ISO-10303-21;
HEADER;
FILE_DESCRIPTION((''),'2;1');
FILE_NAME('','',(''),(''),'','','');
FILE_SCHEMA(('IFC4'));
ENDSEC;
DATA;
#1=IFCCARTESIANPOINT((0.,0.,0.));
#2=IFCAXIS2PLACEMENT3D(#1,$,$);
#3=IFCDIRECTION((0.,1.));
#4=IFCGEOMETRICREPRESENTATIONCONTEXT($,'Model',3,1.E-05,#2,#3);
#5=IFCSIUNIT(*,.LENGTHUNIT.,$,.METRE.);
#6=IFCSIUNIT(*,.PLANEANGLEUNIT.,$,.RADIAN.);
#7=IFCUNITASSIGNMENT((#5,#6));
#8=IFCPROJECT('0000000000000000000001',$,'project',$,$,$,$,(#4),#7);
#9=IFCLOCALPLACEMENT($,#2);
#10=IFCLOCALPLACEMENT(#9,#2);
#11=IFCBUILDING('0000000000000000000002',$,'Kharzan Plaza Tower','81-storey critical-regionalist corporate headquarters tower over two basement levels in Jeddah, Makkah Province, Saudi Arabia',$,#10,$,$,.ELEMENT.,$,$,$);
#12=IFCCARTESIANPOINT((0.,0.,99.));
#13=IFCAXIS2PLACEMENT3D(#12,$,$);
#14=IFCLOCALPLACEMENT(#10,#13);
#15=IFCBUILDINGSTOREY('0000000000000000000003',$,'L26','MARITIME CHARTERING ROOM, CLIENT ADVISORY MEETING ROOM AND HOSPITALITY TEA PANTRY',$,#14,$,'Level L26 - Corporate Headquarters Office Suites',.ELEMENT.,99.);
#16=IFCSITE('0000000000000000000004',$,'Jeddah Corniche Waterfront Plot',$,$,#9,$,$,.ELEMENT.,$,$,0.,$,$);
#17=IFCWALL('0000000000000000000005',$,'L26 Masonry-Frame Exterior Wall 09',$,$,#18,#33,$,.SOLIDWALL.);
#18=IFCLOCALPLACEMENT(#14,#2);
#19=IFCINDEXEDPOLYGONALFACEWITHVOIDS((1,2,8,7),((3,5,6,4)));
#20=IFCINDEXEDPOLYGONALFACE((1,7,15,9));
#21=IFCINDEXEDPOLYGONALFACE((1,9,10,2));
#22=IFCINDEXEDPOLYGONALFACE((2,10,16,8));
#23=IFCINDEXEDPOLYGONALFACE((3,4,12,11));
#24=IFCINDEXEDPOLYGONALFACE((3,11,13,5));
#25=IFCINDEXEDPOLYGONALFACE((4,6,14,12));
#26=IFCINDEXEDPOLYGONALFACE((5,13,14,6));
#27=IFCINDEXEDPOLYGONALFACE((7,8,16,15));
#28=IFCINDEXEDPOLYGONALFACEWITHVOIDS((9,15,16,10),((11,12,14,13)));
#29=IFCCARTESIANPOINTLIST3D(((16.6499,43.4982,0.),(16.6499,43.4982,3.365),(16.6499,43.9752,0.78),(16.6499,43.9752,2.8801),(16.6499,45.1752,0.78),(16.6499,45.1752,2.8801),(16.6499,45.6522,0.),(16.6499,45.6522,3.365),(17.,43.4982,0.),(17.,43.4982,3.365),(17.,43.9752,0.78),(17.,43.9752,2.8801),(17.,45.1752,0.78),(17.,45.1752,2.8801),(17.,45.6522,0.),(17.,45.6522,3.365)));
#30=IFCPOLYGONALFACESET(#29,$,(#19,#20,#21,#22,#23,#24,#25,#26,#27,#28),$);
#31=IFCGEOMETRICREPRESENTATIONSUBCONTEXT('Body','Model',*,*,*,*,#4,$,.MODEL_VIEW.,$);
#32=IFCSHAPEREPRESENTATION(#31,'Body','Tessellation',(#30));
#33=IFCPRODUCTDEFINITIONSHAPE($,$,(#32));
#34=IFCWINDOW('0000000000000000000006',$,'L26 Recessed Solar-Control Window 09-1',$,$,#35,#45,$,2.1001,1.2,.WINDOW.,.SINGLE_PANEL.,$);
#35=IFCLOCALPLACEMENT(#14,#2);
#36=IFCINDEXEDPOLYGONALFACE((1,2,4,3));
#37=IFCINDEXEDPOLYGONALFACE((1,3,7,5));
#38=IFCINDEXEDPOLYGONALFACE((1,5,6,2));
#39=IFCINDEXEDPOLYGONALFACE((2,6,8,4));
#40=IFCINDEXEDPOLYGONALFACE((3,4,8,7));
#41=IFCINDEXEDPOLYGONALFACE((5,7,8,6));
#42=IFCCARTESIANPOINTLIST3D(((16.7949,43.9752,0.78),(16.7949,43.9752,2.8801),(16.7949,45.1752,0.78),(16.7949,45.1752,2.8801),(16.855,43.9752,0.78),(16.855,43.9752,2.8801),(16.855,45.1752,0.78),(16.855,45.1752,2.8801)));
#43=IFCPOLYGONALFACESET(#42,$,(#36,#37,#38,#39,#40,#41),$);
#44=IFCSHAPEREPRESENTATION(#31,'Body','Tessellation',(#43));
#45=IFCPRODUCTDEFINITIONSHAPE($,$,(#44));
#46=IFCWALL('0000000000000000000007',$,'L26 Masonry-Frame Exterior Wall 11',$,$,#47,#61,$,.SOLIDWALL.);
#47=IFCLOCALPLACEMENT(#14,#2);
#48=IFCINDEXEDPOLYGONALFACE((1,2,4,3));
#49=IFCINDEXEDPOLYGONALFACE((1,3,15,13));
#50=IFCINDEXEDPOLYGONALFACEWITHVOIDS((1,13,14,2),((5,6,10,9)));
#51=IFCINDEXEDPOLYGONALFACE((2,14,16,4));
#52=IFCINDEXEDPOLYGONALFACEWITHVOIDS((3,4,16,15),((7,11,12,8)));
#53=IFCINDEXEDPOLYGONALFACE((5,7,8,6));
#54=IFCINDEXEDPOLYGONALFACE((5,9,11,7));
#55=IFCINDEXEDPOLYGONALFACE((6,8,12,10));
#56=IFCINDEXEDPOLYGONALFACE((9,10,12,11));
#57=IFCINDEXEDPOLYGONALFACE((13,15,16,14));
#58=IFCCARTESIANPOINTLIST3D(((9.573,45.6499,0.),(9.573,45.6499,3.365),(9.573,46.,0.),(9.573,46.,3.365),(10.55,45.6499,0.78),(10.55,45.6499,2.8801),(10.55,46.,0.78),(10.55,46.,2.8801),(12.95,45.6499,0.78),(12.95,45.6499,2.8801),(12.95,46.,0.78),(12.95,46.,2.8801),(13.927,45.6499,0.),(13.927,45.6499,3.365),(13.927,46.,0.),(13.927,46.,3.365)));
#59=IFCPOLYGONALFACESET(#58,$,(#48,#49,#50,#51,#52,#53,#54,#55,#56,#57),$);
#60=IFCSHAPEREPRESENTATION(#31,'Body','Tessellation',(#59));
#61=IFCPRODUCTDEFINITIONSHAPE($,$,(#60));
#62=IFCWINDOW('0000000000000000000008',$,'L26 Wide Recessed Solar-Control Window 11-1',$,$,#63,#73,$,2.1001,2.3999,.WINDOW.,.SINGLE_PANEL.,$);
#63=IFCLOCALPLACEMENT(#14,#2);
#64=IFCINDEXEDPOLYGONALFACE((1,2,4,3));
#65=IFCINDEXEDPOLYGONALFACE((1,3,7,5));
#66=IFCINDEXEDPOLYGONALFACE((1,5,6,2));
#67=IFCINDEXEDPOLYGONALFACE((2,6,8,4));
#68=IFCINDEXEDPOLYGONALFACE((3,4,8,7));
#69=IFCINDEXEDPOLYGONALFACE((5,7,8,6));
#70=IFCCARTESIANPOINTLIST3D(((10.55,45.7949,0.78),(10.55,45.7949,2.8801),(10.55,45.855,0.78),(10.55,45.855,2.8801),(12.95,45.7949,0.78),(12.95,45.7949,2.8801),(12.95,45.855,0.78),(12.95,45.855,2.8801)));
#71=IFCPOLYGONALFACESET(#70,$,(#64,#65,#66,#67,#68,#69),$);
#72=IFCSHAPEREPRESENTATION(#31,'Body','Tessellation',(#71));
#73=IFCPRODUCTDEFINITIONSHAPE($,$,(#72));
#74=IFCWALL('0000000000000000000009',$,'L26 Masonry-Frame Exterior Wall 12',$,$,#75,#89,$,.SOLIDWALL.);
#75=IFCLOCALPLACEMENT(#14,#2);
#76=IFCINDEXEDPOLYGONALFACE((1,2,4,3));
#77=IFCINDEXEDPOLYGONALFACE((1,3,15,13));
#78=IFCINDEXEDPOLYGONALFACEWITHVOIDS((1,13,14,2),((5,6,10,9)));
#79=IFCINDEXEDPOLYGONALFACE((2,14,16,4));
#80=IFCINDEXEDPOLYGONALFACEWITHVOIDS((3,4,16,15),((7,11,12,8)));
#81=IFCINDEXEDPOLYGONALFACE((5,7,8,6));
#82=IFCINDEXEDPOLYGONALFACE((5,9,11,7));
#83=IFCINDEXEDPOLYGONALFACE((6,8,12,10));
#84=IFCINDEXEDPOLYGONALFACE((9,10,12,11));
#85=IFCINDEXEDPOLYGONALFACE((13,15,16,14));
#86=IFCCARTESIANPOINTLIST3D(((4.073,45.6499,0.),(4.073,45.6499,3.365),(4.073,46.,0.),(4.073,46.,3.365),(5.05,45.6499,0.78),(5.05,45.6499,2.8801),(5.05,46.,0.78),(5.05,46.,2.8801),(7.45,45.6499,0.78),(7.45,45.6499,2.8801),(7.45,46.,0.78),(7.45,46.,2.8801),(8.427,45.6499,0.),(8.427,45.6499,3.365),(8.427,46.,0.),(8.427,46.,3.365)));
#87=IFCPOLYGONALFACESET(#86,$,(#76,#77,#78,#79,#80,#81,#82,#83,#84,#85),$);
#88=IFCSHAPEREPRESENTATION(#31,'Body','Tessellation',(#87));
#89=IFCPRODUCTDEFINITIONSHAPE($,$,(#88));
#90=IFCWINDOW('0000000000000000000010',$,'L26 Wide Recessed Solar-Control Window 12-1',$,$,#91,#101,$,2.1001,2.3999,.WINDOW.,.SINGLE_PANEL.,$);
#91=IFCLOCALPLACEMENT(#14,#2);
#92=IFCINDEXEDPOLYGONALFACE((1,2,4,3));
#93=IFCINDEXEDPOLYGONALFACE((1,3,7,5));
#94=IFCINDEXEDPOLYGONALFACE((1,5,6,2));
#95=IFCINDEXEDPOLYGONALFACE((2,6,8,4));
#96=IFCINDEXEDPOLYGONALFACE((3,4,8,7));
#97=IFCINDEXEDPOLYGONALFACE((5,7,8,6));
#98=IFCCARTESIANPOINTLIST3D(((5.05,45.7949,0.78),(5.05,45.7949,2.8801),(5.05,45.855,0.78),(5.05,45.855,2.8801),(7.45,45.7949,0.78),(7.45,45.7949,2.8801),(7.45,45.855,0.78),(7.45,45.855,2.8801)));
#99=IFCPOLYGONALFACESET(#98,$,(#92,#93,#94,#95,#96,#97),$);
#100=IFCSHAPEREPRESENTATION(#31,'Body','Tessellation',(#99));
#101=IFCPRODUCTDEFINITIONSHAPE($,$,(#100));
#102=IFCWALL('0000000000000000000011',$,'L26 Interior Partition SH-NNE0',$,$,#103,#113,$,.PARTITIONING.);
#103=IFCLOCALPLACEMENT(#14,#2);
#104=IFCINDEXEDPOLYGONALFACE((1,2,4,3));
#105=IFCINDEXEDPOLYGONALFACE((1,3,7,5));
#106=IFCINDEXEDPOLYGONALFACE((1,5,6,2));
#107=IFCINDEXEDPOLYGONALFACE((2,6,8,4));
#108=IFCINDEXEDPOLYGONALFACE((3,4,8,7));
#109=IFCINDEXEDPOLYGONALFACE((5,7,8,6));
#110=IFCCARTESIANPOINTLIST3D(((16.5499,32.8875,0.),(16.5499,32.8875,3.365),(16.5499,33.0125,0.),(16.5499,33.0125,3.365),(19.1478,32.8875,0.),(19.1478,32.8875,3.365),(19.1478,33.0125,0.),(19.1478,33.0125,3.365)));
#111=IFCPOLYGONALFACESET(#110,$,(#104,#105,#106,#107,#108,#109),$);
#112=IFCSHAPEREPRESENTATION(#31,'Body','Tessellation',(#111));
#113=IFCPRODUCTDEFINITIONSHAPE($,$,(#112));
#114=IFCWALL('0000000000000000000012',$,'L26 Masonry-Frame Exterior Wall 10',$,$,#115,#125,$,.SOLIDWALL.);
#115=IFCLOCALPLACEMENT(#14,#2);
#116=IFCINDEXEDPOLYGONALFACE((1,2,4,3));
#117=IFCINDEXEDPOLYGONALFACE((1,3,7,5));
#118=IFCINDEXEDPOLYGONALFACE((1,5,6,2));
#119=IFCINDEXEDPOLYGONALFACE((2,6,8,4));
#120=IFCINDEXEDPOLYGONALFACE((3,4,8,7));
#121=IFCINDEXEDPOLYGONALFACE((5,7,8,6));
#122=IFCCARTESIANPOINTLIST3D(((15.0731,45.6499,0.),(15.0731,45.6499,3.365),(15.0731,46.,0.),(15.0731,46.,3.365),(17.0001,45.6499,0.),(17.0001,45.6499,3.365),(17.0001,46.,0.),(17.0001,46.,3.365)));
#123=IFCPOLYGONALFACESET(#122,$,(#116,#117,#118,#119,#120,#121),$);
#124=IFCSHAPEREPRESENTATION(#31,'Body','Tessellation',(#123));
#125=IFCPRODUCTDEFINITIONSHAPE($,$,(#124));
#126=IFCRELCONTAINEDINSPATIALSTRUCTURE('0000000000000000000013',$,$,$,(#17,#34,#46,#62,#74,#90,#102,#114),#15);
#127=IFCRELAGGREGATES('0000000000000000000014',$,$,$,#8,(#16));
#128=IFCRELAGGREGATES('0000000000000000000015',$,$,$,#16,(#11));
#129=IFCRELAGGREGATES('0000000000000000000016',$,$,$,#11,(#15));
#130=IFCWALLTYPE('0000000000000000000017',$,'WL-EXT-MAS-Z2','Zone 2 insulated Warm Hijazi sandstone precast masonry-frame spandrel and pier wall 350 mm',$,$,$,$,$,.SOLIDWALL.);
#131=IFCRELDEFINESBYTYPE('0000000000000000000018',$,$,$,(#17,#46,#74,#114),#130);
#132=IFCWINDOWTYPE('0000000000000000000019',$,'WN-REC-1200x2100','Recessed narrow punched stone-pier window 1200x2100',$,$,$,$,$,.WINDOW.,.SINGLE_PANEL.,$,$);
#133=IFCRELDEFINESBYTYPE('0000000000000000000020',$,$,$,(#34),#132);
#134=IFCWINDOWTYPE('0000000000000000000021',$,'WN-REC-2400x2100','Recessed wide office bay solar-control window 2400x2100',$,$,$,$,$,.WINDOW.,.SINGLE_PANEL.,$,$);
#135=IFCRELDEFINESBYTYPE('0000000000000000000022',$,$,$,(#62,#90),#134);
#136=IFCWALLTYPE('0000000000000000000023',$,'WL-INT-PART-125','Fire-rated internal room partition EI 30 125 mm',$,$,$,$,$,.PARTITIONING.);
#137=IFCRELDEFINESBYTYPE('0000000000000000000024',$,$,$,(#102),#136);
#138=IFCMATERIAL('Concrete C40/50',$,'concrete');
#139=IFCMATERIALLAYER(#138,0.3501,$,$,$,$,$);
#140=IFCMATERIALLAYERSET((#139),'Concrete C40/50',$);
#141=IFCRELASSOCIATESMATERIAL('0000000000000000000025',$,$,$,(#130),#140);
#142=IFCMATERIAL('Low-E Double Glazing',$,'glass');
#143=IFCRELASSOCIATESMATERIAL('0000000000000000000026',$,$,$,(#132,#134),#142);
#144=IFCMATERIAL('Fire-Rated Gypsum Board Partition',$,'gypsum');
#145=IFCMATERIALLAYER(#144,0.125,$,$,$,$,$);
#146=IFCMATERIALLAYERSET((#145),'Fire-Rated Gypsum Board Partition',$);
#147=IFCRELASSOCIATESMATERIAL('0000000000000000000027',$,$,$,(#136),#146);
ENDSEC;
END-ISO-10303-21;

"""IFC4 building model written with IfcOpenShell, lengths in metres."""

from ifc_helpers import new_model, si_unit, direction, frame, frame_2d, origin, place, context, subcontext, project, spatial, rectangle, extrude, source, transform, mapped, material, layer, layer_set, type_object, element, fill, save


model = new_model("IFC4")

# Units and contexts
model_context = context("Model", 3, precision=1e-05, world=origin(), true_north=direction((0.0, 1.0)))
body_context = subcontext(model_context, "Body", "Model", "MODEL_VIEW")
ifc_project = project(units=[si_unit("LENGTHUNIT", "METRE"), si_unit("PLANEANGLEUNIT", "RADIAN")], contexts=[model_context])

# Site, building, storey
site_placement = place(None, origin())
site = spatial("IfcSite", under=ifc_project, at=site_placement, Name="Jeddah Corniche Waterfront Plot", CompositionType="ELEMENT", RefElevation=0.0)
building_placement = place(site_placement, origin())
building = spatial("IfcBuilding", under=site, at=building_placement, Name="Kharzan Plaza Tower", Description="81-storey critical-regionalist corporate headquarters tower over two basement levels in Jeddah, Makkah Province, Saudi Arabia", CompositionType="ELEMENT")
storey_placement = place(building_placement, frame((0.0, 0.0, 99.0)))
storey = spatial("IfcBuildingStorey", under=building, at=storey_placement, Name="L26", Description="MARITIME CHARTERING ROOM, CLIENT ADVISORY MEETING ROOM AND HOSPITALITY TEA PANTRY", LongName="Level L26 - Corporate Headquarters Office Suites", CompositionType="ELEMENT", Elevation=99.0)

# Walls, openings, windows
ifc_material_1 = material(Name="Concrete C40/50", Category="concrete")
ifc_layer_1 = layer(ifc_material_1, 0.3501)
ifc_layer_set_1 = layer_set([ifc_layer_1], Name="Concrete C40/50")
wall_type_1 = type_object("IfcWallType", Name="WL-EXT-MAS-Z2", Description="Zone 2 insulated Warm Hijazi sandstone precast masonry-frame spandrel and pier wall 350 mm", PredefinedType="SOLIDWALL", material=ifc_layer_set_1)
wall_1_placement = place(storey_placement, frame((16.825, 43.498, 0.0), z_axis=(0.0, 0.0, 1.0), x_axis=(0.0, 1.0, 0.0)))
wall_1 = element("IfcWall", 1, at=wall_1_placement, inside=storey, type_object=wall_type_1, Name="L26 Masonry-Frame Exterior Wall 09", PredefinedType="SOLIDWALL", context=body_context, shape_type="SweptSolid", body=[
    extrude(rectangle(XDim=2.1541, YDim=0.3501, at=frame_2d((1.0771, 0.0))), origin(), (0.0, 0.0, 1.0), 3.365),
])
opening_1_placement = place(wall_1_placement, frame((0.4771, 0.0, 0.78)))
opening_1 = element("IfcOpeningElement", 2, at=opening_1_placement, cuts=wall_1, PredefinedType="OPENING", context=body_context, shape_type="SweptSolid", body=[
    extrude(rectangle(XDim=1.2, YDim=2.1001, at=frame_2d((0.6001, 1.05))), frame((0.0, 0.1851, 0.0), z_axis=(0.0, -1.0, 0.0), x_axis=(1.0, 0.0, 0.0)), (0.0, 0.0, 1.0), 0.3701),
])
ifc_material_2 = material(Name="Low-E Double Glazing", Category="glass")
window_type_1 = type_object("IfcWindowType", Name="WN-REC-1200x2100", Description="Recessed narrow punched stone-pier window 1200x2100", PartitioningType="SINGLE_PANEL", PredefinedType="WINDOW", material=ifc_material_2)
shared_shape_1 = source(origin(), body_context, "Body", "SweptSolid", [
    extrude(rectangle(XDim=1.2, YDim=2.1001, at=frame_2d((0.6001, 1.05))), frame((0.0, 0.03, 0.0), z_axis=(0.0, -1.0, 0.0), x_axis=(1.0, 0.0, 0.0)), (0.0, 0.0, 1.0), 0.0601),
])
window_1_placement = place(opening_1_placement, origin())
window_1 = element("IfcWindow", 3, at=window_1_placement, inside=storey, type_object=window_type_1, Name="L26 Recessed Solar-Control Window 09-1", OverallHeight=2.1001, OverallWidth=1.2, PartitioningType="SINGLE_PANEL", PredefinedType="WINDOW", context=body_context, shape_type="MappedRepresentation", body=[
    mapped(shared_shape_1, transform((0.0, 0.0, 0.0), x_axis=(1.0, 0.0, 0.0), y_axis=(0.0, 1.0, 0.0), z_axis=(0.0, 0.0, 1.0))),
])
fill(opening_1, window_1)
wall_2_placement = place(storey_placement, frame((13.927, 45.825, 0.0), z_axis=(0.0, 0.0, 1.0), x_axis=(-1.0, 0.0, 0.0)))
wall_2 = element("IfcWall", 4, at=wall_2_placement, inside=storey, type_object=wall_type_1, Name="L26 Masonry-Frame Exterior Wall 11", PredefinedType="SOLIDWALL", context=body_context, shape_type="SweptSolid", body=[
    extrude(rectangle(XDim=4.354, YDim=0.3501, at=frame_2d((2.177, 0.0))), origin(), (0.0, 0.0, 1.0), 3.365),
])
opening_2_placement = place(wall_2_placement, frame((0.9771, 0.0, 0.78)))
opening_2 = element("IfcOpeningElement", 5, at=opening_2_placement, cuts=wall_2, PredefinedType="OPENING", context=body_context, shape_type="SweptSolid", body=[
    extrude(rectangle(XDim=2.3999, YDim=2.1001, at=frame_2d((1.2, 1.05))), frame((0.0, 0.1851, 0.0), z_axis=(0.0, -1.0, 0.0), x_axis=(1.0, 0.0, 0.0)), (0.0, 0.0, 1.0), 0.3701),
])
window_type_2 = type_object("IfcWindowType", Name="WN-REC-2400x2100", Description="Recessed wide office bay solar-control window 2400x2100", PartitioningType="SINGLE_PANEL", PredefinedType="WINDOW", material=ifc_material_2)
shared_shape_2 = source(origin(), body_context, "Body", "SweptSolid", [
    extrude(rectangle(XDim=2.3999, YDim=2.1001, at=frame_2d((1.2, 1.05))), frame((0.0, 0.03, 0.0), z_axis=(0.0, -1.0, 0.0), x_axis=(1.0, 0.0, 0.0)), (0.0, 0.0, 1.0), 0.0601),
])
window_2_placement = place(opening_2_placement, origin())
window_2 = element("IfcWindow", 6, at=window_2_placement, inside=storey, type_object=window_type_2, Name="L26 Wide Recessed Solar-Control Window 11-1", OverallHeight=2.1001, OverallWidth=2.3999, PartitioningType="SINGLE_PANEL", PredefinedType="WINDOW", context=body_context, shape_type="MappedRepresentation", body=[
    mapped(shared_shape_2, transform((0.0, 0.0, 0.0), x_axis=(1.0, 0.0, 0.0), y_axis=(0.0, 1.0, 0.0), z_axis=(0.0, 0.0, 1.0))),
])
fill(opening_2, window_2)
wall_3_placement = place(storey_placement, frame((8.427, 45.825, 0.0), z_axis=(0.0, 0.0, 1.0), x_axis=(-1.0, 0.0, 0.0)))
wall_3 = element("IfcWall", 7, at=wall_3_placement, inside=storey, type_object=wall_type_1, Name="L26 Masonry-Frame Exterior Wall 12", PredefinedType="SOLIDWALL", context=body_context, shape_type="SweptSolid", body=[
    extrude(rectangle(XDim=4.354, YDim=0.3501, at=frame_2d((2.177, 0.0))), origin(), (0.0, 0.0, 1.0), 3.365),
])
opening_3_placement = place(wall_3_placement, frame((0.9771, 0.0, 0.78)))
opening_3 = element("IfcOpeningElement", 8, at=opening_3_placement, cuts=wall_3, PredefinedType="OPENING", context=body_context, shape_type="SweptSolid", body=[
    extrude(rectangle(XDim=2.3999, YDim=2.1001, at=frame_2d((1.2, 1.05))), frame((0.0, 0.1851, 0.0), z_axis=(0.0, -1.0, 0.0), x_axis=(1.0, 0.0, 0.0)), (0.0, 0.0, 1.0), 0.3701),
])
window_3_placement = place(opening_3_placement, origin())
window_3 = element("IfcWindow", 9, at=window_3_placement, inside=storey, type_object=window_type_2, Name="L26 Wide Recessed Solar-Control Window 12-1", OverallHeight=2.1001, OverallWidth=2.3999, PartitioningType="SINGLE_PANEL", PredefinedType="WINDOW", context=body_context, shape_type="MappedRepresentation", body=[
    mapped(shared_shape_2, transform((0.0, 0.0, 0.0), x_axis=(1.0, 0.0, 0.0), y_axis=(0.0, 1.0, 0.0), z_axis=(0.0, 0.0, 1.0))),
])
fill(opening_3, window_3)

# Walls
ifc_material_3 = material(Name="Fire-Rated Gypsum Board Partition", Category="gypsum")
ifc_layer_2 = layer(ifc_material_3, 0.125)
ifc_layer_set_2 = layer_set([ifc_layer_2], Name="Fire-Rated Gypsum Board Partition")
wall_type_2 = type_object("IfcWallType", Name="WL-INT-PART-125", Description="Fire-rated internal room partition EI 30 125 mm", PredefinedType="PARTITIONING", material=ifc_layer_set_2)
shared_shape_3 = source(origin(), body_context, "Body", "SweptSolid", [
    extrude(rectangle(XDim=2.5979, YDim=0.125, at=frame_2d((1.2988, 0.0))), origin(), (0.0, 0.0, 1.0), 3.365),
])
wall_4_placement = place(storey_placement, frame((16.55, 32.95, 0.0), z_axis=(0.0, 0.0, 1.0), x_axis=(1.0, 0.0, 0.0)))
element("IfcWall", 10, at=wall_4_placement, inside=storey, type_object=wall_type_2, Name="L26 Interior Partition SH-NNE0", PredefinedType="PARTITIONING", context=body_context, shape_type="MappedRepresentation", body=[
    mapped(shared_shape_3, transform((0.0, 0.0, 0.0), x_axis=(1.0, 0.0, 0.0), y_axis=(0.0, 1.0, 0.0), z_axis=(0.0, 0.0, 1.0))),
])
shared_shape_4 = source(origin(), body_context, "Body", "SweptSolid", [
    extrude(rectangle(XDim=1.927, YDim=0.3501, at=frame_2d((0.9634, 0.0))), origin(), (0.0, 0.0, 1.0), 3.365),
])
wall_5_placement = place(storey_placement, frame((17.0, 45.825, 0.0), z_axis=(0.0, 0.0, 1.0), x_axis=(-1.0, 0.0, 0.0)))
element("IfcWall", 11, at=wall_5_placement, inside=storey, type_object=wall_type_1, Name="L26 Masonry-Frame Exterior Wall 10", PredefinedType="SOLIDWALL", context=body_context, shape_type="MappedRepresentation", body=[
    mapped(shared_shape_4, transform((0.0, 0.0, 0.0), x_axis=(1.0, 0.0, 0.0), y_axis=(0.0, 1.0, 0.0), z_axis=(0.0, 0.0, 1.0))),
])

save(model, "model.ifc")
